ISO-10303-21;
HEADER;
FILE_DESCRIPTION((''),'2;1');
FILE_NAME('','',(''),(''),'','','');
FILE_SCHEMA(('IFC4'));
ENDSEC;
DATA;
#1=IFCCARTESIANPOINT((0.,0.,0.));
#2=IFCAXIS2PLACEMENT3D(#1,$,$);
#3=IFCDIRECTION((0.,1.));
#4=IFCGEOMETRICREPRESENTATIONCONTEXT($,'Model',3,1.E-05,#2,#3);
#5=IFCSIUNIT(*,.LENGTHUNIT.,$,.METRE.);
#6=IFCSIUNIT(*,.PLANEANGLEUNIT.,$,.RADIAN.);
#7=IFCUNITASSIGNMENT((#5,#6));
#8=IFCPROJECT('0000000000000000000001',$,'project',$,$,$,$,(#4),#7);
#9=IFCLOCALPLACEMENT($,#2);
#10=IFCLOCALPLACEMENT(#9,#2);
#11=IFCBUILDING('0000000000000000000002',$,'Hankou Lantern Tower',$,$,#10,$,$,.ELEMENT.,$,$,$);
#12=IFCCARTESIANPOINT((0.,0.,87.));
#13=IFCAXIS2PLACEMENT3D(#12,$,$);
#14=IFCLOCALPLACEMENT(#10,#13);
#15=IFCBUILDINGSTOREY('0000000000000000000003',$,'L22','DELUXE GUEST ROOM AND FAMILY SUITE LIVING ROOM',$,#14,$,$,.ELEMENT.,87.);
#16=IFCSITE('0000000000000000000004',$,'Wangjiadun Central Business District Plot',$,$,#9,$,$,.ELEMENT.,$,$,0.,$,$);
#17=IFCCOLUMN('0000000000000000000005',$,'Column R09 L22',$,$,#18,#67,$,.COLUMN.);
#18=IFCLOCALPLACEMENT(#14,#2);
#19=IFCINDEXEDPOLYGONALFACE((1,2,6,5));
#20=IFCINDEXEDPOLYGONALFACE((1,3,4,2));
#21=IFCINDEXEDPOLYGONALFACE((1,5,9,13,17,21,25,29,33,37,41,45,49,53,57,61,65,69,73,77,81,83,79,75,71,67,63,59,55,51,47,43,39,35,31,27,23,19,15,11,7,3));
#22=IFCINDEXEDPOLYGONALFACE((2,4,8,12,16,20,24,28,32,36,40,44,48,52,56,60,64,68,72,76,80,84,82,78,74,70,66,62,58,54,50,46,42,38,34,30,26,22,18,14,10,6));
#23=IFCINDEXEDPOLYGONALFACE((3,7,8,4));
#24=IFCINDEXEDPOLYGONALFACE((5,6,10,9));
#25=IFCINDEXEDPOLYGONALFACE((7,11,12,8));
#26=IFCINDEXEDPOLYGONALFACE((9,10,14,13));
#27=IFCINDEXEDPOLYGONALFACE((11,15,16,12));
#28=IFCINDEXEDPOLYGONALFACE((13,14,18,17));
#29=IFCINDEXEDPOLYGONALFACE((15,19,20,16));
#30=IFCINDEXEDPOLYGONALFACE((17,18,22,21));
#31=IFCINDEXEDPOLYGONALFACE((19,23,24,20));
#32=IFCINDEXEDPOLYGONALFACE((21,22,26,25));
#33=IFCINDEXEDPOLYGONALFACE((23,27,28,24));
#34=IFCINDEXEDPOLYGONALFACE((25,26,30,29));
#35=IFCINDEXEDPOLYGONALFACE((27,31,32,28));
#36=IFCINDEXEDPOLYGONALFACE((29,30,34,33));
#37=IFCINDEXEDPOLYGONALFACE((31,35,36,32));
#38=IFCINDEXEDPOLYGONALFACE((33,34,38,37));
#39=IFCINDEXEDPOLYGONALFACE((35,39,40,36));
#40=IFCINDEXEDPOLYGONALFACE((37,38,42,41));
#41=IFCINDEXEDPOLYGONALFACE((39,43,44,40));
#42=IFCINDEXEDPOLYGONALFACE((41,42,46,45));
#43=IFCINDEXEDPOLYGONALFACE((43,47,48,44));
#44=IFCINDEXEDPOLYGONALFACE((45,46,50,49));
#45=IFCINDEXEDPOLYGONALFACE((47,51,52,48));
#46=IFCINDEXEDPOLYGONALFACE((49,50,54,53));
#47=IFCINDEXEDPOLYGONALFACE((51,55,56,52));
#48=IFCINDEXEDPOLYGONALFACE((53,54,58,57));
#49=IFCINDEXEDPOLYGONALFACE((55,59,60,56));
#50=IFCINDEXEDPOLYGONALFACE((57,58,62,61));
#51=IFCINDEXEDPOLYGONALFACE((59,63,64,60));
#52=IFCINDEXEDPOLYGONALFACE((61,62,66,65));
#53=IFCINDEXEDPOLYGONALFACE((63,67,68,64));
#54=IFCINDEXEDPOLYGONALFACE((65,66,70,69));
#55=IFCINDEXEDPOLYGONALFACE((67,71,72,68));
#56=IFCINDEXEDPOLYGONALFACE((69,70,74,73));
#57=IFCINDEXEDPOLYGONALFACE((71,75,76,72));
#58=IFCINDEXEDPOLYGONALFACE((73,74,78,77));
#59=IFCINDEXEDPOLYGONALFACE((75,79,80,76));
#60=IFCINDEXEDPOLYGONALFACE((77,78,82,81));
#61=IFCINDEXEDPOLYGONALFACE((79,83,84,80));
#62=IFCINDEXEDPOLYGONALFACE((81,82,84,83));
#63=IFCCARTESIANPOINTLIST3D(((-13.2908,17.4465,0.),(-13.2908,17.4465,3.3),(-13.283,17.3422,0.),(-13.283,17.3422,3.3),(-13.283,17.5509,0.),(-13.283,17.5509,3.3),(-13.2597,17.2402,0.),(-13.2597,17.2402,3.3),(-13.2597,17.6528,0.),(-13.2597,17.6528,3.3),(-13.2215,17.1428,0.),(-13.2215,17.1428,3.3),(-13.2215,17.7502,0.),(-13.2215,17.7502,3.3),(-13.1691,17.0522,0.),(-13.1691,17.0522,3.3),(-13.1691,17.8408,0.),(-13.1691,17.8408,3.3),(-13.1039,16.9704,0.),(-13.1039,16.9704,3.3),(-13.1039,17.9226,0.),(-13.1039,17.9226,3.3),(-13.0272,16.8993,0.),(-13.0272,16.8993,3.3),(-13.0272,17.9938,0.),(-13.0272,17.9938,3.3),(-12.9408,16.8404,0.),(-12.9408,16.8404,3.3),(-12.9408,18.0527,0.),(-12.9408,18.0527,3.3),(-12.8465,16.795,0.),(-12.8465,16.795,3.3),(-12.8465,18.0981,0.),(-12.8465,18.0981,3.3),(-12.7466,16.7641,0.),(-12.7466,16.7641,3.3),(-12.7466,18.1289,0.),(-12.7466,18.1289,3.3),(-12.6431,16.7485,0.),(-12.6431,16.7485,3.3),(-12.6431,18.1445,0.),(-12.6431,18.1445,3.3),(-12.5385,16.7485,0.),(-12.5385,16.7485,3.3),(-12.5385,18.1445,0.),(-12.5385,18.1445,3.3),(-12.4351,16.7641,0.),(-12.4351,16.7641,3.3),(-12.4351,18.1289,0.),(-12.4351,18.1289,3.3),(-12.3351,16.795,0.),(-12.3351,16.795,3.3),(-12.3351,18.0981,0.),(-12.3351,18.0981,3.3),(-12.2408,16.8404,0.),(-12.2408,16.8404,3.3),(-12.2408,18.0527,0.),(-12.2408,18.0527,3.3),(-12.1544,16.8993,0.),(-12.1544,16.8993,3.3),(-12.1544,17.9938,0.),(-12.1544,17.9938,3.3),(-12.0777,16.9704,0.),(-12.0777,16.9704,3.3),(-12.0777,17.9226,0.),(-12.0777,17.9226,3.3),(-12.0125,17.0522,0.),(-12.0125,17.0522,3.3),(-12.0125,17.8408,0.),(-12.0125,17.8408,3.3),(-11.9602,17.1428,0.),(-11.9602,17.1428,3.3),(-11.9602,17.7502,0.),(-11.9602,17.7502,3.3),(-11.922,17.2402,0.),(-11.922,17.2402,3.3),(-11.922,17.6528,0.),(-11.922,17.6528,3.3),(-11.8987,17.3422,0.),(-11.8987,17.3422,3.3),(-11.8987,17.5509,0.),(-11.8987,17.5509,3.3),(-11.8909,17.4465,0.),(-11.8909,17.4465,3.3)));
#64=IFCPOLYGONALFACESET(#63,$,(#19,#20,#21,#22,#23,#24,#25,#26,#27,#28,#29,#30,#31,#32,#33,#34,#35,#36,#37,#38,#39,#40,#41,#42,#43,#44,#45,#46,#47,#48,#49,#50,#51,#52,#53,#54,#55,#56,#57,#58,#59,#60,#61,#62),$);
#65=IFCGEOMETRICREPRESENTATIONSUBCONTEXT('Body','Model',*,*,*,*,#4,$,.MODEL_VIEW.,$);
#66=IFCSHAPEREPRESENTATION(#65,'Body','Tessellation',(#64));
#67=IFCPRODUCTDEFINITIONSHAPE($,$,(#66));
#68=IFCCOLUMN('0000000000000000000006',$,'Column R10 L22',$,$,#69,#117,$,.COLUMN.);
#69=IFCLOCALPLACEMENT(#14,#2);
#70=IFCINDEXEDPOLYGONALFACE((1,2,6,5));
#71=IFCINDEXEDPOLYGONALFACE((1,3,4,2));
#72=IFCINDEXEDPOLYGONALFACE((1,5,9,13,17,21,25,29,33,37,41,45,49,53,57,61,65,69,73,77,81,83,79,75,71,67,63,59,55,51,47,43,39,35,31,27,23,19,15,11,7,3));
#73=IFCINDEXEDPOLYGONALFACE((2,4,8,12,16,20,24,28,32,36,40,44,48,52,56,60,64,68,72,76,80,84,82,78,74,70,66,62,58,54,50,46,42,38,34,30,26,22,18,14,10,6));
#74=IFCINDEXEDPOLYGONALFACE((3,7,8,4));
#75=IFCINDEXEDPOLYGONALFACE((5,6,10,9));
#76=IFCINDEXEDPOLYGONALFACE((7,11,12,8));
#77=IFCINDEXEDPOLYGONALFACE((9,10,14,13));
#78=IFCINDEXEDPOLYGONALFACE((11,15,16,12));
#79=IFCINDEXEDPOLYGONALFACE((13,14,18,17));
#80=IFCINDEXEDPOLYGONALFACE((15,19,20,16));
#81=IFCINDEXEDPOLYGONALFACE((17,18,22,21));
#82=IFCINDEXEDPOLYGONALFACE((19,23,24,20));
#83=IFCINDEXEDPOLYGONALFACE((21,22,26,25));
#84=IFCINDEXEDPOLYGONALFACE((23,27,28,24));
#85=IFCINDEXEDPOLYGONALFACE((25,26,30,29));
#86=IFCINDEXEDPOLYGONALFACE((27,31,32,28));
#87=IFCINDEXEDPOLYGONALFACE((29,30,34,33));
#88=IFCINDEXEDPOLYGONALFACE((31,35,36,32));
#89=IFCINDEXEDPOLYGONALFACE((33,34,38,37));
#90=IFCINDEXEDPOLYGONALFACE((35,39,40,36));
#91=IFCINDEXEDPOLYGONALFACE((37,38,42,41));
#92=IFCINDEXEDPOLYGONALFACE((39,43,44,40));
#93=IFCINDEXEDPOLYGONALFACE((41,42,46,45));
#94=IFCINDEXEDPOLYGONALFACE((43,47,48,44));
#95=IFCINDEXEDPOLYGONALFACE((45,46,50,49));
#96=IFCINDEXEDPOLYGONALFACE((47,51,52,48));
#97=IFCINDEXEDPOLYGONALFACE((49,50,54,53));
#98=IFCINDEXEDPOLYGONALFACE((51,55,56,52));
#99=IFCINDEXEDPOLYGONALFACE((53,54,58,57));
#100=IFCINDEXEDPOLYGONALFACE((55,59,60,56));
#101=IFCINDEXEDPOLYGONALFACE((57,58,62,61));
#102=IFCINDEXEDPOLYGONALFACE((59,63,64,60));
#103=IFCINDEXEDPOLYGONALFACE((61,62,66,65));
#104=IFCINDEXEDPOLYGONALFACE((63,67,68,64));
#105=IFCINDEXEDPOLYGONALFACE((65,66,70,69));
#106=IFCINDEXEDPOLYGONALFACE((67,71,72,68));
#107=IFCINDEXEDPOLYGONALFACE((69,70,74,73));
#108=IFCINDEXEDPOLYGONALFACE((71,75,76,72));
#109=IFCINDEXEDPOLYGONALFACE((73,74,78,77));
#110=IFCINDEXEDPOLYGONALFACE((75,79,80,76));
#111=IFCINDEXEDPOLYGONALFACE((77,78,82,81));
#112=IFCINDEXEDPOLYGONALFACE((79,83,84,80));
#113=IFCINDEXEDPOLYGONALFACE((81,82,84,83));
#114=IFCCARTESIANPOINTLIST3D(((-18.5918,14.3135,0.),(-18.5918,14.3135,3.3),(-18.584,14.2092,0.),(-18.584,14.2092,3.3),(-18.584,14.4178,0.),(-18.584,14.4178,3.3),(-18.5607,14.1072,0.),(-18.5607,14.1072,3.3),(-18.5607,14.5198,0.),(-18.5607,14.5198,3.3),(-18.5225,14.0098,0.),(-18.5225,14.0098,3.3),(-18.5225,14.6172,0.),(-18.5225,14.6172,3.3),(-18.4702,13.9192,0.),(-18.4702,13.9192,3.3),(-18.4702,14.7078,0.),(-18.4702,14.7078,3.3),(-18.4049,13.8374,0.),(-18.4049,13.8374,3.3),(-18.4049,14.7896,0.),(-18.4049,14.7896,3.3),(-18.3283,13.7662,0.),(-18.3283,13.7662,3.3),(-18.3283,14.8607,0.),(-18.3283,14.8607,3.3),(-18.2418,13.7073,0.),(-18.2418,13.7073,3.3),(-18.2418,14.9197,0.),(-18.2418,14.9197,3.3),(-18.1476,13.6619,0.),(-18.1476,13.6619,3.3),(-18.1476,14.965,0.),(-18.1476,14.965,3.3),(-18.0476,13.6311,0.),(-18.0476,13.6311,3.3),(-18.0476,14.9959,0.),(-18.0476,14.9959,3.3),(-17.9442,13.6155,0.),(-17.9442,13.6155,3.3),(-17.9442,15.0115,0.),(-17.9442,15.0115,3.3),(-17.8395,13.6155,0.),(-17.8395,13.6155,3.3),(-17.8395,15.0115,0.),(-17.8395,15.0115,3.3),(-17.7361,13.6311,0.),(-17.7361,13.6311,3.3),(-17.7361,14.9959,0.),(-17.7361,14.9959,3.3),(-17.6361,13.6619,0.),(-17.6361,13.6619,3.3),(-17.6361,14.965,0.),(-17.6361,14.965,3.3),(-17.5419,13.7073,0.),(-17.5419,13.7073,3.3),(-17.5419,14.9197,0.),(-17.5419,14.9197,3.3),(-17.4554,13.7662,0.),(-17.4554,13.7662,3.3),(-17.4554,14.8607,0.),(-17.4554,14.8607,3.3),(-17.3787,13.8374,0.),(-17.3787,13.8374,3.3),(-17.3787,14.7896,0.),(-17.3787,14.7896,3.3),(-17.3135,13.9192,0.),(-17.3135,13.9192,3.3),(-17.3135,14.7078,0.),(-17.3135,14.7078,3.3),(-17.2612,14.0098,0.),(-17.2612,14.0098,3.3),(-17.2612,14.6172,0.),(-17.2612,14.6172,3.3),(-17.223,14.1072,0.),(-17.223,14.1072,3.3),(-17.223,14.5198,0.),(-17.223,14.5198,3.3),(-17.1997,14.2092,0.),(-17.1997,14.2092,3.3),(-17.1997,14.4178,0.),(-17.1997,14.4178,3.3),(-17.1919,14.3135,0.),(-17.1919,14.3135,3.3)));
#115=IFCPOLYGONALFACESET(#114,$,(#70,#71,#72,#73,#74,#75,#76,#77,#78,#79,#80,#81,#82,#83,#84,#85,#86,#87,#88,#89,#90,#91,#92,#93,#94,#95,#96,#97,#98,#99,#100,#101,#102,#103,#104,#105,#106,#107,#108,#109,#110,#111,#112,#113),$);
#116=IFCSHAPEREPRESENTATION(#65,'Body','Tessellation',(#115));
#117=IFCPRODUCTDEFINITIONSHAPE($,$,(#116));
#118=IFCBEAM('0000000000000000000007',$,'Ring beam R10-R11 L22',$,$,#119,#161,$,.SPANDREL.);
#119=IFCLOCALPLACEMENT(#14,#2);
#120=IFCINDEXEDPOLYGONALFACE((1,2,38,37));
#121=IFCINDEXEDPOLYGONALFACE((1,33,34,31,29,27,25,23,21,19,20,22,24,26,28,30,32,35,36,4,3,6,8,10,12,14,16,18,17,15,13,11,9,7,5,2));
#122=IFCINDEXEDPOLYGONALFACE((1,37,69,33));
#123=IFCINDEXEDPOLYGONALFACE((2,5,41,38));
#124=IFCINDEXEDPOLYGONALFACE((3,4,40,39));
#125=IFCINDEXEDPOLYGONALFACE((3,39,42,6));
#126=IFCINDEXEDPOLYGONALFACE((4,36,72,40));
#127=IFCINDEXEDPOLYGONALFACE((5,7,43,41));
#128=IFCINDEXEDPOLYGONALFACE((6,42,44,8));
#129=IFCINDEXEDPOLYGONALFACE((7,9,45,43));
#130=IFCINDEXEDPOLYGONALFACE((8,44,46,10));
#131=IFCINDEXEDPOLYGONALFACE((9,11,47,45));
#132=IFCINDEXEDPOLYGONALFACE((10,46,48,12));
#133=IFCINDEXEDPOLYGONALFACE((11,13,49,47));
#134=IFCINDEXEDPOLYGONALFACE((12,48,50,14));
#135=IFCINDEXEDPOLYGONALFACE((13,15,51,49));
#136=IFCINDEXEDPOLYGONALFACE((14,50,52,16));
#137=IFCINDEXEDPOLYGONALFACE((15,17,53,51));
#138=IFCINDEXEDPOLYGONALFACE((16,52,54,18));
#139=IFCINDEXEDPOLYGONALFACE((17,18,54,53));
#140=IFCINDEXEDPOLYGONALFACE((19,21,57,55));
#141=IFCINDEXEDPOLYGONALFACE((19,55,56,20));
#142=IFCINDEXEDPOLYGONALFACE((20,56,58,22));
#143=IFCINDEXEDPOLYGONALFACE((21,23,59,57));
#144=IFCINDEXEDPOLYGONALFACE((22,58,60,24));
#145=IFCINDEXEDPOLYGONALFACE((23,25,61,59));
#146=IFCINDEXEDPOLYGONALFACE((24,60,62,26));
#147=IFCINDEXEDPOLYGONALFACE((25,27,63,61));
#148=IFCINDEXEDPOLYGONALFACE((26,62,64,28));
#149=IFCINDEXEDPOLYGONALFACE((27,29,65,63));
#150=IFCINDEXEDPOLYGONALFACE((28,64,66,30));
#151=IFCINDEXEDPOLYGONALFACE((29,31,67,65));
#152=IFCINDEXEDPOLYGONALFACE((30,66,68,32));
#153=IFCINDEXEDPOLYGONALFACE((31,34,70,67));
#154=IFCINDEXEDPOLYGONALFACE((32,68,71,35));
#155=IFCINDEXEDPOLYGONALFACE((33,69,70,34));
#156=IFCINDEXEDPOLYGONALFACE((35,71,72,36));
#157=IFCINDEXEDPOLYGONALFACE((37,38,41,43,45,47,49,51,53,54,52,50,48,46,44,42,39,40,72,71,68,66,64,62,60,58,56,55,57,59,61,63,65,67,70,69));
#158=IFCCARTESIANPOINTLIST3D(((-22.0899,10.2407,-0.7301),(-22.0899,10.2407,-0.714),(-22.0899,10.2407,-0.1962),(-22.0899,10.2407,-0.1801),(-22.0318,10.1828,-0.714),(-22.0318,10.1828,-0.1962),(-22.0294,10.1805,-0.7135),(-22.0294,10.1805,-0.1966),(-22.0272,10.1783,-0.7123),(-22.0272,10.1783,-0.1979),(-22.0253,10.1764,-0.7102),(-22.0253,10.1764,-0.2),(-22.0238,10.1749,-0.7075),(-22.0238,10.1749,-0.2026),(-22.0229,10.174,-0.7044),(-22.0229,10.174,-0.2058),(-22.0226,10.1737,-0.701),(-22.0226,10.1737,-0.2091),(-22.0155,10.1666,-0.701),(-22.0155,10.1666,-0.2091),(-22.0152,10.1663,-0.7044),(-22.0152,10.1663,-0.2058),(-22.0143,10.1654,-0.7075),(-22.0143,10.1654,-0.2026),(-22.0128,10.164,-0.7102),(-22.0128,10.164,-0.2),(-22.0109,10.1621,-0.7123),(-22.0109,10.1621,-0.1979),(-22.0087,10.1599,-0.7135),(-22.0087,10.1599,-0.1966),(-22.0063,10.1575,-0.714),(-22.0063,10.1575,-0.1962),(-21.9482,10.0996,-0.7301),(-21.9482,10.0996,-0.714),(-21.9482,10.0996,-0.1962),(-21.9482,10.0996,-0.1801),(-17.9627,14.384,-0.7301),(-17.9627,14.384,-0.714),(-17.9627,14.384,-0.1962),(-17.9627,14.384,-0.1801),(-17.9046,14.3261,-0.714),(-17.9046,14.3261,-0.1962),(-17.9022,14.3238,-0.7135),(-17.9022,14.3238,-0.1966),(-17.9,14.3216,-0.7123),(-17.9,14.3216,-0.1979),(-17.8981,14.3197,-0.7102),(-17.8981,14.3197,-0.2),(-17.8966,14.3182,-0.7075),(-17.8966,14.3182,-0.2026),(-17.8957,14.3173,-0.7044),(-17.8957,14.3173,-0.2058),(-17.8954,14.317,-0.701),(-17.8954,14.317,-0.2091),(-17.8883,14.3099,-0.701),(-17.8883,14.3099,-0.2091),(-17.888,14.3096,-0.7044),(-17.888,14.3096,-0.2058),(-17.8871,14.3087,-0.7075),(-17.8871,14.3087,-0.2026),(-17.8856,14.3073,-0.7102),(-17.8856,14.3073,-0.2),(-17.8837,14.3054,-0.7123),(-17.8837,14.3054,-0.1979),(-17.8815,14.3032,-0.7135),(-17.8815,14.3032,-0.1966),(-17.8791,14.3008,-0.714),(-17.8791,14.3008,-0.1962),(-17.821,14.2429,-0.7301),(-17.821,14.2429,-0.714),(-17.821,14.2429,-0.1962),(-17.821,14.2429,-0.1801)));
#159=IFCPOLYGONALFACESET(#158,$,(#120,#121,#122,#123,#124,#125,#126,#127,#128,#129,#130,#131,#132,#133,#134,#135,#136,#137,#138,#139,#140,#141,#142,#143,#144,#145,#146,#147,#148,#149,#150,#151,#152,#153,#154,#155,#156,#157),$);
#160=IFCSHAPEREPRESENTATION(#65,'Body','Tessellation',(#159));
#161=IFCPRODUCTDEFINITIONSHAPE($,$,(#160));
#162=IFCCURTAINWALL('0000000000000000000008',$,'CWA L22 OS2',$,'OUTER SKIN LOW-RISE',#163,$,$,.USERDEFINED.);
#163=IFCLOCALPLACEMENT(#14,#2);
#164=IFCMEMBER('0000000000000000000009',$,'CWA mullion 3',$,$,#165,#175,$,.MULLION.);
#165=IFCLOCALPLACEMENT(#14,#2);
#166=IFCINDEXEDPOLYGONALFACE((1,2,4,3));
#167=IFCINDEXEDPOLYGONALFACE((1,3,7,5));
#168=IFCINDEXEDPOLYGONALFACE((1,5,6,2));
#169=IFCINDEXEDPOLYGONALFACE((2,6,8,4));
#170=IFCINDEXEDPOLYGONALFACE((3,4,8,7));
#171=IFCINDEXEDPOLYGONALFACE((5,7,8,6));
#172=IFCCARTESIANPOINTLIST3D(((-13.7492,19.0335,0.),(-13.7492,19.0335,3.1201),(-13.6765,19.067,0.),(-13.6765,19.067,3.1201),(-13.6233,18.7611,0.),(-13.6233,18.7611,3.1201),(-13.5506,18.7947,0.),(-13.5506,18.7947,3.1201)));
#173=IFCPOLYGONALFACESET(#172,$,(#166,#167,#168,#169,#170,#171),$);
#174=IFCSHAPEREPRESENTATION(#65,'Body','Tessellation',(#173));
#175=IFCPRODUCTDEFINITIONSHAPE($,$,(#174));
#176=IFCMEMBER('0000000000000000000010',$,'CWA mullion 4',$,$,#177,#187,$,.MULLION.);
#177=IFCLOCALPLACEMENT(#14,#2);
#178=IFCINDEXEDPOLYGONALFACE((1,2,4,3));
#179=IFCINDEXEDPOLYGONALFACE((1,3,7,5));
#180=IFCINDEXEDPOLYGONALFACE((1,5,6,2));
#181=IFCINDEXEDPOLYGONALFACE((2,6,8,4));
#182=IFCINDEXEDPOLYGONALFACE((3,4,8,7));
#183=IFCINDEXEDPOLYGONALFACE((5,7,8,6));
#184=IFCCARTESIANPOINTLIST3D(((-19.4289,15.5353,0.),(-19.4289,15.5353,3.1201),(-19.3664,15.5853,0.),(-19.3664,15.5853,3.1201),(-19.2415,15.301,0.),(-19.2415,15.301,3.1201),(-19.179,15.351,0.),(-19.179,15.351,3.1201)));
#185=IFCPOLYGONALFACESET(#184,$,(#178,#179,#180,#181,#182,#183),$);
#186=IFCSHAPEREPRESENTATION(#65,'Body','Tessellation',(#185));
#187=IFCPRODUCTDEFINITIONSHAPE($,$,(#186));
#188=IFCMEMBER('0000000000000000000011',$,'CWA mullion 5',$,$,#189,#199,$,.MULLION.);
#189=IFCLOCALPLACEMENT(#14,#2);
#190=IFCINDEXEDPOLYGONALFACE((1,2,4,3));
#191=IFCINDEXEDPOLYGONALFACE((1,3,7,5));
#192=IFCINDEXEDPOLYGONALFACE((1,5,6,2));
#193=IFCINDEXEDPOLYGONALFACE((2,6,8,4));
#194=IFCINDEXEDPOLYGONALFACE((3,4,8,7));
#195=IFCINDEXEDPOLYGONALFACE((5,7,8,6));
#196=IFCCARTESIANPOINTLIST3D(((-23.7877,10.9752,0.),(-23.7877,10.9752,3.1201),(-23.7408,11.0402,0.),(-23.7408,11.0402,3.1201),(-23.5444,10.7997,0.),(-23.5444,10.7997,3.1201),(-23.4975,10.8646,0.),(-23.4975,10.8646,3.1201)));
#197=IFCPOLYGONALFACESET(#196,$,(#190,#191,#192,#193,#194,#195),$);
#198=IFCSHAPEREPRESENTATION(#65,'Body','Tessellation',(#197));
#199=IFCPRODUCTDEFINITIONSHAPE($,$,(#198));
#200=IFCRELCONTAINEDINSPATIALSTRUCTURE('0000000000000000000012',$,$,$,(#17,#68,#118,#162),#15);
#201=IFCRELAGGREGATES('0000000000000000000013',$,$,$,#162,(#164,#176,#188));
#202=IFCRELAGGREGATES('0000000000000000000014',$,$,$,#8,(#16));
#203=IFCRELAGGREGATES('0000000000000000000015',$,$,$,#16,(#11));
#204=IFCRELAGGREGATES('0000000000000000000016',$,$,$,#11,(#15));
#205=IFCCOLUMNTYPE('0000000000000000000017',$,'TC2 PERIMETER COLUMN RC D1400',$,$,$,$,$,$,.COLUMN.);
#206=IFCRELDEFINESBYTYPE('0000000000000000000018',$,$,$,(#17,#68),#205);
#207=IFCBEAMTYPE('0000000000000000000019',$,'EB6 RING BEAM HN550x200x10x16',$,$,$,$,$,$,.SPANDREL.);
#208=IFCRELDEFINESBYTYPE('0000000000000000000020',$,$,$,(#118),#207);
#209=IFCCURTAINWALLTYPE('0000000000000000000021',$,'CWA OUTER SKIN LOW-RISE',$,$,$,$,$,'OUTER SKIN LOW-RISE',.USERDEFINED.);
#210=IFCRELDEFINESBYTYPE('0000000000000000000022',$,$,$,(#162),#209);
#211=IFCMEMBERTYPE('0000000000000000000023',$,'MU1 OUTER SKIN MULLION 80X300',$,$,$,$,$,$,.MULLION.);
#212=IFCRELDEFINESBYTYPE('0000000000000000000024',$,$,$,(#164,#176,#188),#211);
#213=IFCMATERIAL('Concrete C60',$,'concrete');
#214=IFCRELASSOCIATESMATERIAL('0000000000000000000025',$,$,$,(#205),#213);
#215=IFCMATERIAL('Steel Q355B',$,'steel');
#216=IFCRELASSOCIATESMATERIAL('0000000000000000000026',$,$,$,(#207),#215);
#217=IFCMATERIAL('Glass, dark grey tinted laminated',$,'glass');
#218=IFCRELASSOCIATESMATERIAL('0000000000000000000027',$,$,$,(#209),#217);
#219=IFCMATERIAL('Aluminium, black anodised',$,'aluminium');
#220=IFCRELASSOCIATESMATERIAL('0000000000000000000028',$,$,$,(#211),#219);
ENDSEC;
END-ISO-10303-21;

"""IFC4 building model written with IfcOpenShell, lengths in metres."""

from ifc_helpers import new_model, si_unit, direction, frame, origin, origin_2d, place, context, subcontext, project, spatial, rectangle, circle, i_section, extrude, material, material_profile, profile_set, type_object, element, aggregate, save


model = new_model("IFC4")

# Units and contexts
model_context = context("Model", 3, precision=1e-05, world=origin(), true_north=direction((0.0, 1.0)))
body_context = subcontext(model_context, "Body", "Model", "MODEL_VIEW")
ifc_project = project(units=[si_unit("LENGTHUNIT", "METRE"), si_unit("PLANEANGLEUNIT", "RADIAN")], contexts=[model_context])

# Site, building, storey
site_placement = place(None, origin())
site = spatial("IfcSite", under=ifc_project, at=site_placement, Name="Wangjiadun Central Business District Plot", CompositionType="ELEMENT", RefElevation=0.0)
building_placement = place(site_placement, origin())
building = spatial("IfcBuilding", under=site, at=building_placement, Name="Hankou Lantern Tower", CompositionType="ELEMENT")
storey_placement = place(building_placement, frame((0.0, 0.0, 87.0)))
storey = spatial("IfcBuildingStorey", under=building, at=storey_placement, Name="L22", Description="DELUXE GUEST ROOM AND FAMILY SUITE LIVING ROOM", CompositionType="ELEMENT", Elevation=87.0)

# Columns
ifc_material_1 = material(Name="Concrete C60", Category="concrete")
ifc_material_profile_1 = material_profile(ifc_material_1, circle(Radius=0.7, at=origin_2d()), Name="RC D1400")
ifc_profile_set_1 = profile_set([ifc_material_profile_1], Name="Concrete C60")
column_type = type_object("IfcColumnType", Name="TC2 PERIMETER COLUMN RC D1400", PredefinedType="COLUMN", material=ifc_profile_set_1)
for number, where, z_axis, x_axis, name in (
    (1, (-12.5908, 17.4465, 0.0), (0.0, 0.0, 1.0), (1.0, 0.0, 0.0), "Column R09 L22"),
    (2, (-17.8918, 14.3135, 0.0), (0.0, 0.0, 1.0), (1.0, 0.0, 0.0), "Column R10 L22"),
):
    element("IfcColumn", number, at=place(storey_placement, frame(where, z_axis=z_axis, x_axis=x_axis)), inside=storey, type_object=column_type, Name=name, PredefinedType="COLUMN", context=body_context, shape_type="SweptSolid", body=[
        extrude(circle(Radius=0.7, at=origin_2d()), origin(), (0.0, 0.0, 1.0), 3.3),
    ])

# Beam
ifc_material_2 = material(Name="Steel Q355B", Category="steel")
ifc_material_profile_2 = material_profile(ifc_material_2, i_section(OverallWidth=0.2, OverallDepth=0.55, WebThickness=0.01, FlangeThickness=0.0161, FilletRadius=0.0129, at=origin_2d()), Name="HN550x200x10x16")
ifc_profile_set_2 = profile_set([ifc_material_profile_2], Name="Steel Q355B")
beam_type_1 = type_object("IfcBeamType", Name="EB6 RING BEAM HN550x200x10x16", PredefinedType="SPANDREL", material=ifc_profile_set_2)
beam_1_placement = place(storey_placement, frame((-17.8918, 14.3135, -0.4551), z_axis=(-0.705728, -0.708483, 0.0), x_axis=(0.708483, -0.705728, 0.0)))
element("IfcBeam", 3, at=beam_1_placement, inside=storey, type_object=beam_type_1, Name="Ring beam R10-R11 L22", PredefinedType="SPANDREL", context=body_context, shape_type="SweptSolid", body=[
    extrude(i_section(OverallWidth=0.2, OverallDepth=0.55, WebThickness=0.01, FlangeThickness=0.0161, FilletRadius=0.0129, at=origin_2d()), origin(), (0.0, 0.0, 1.0), 5.8481),
])

# Curtain wall, members
ifc_material_3 = material(Name="Glass, dark grey tinted laminated", Category="glass")
curtain_wall_type = type_object("IfcCurtainWallType", Name="CWA OUTER SKIN LOW-RISE", ElementType="OUTER SKIN LOW-RISE", PredefinedType="USERDEFINED", material=ifc_material_3)
curtain_wall_placement = place(storey_placement, origin())
curtain_wall = element("IfcCurtainWall", 4, at=curtain_wall_placement, inside=storey, type_object=curtain_wall_type, Name="CWA L22 OS2", ObjectType="OUTER SKIN LOW-RISE", PredefinedType="USERDEFINED")
ifc_material_4 = material(Name="Aluminium, black anodised", Category="aluminium")
ifc_material_profile_3 = material_profile(ifc_material_4, rectangle(XDim=0.0801, YDim=0.3, at=origin_2d()), Name="MU1 80X300")
ifc_profile_set_3 = profile_set([ifc_material_profile_3], Name="Aluminium, black anodised")
member_type_1 = type_object("IfcMemberType", Name="MU1 OUTER SKIN MULLION 80X300", PredefinedType="MULLION", material=ifc_profile_set_3)
member_1_placement = place(storey_placement, frame((-13.6499, 18.9141, 0.0), z_axis=(0.0, 0.0, 1.0), x_axis=(-0.907841, -0.419314, 0.0)))
member_1 = element("IfcMember", 5, at=member_1_placement, type_object=member_type_1, Name="CWA mullion 3", PredefinedType="MULLION", context=body_context, shape_type="SweptSolid", body=[
    extrude(rectangle(XDim=0.0801, YDim=0.3, at=origin_2d()), origin(), (0.0, 0.0, 1.0), 3.1201),
])
member_2_placement = place(storey_placement, frame((-19.304, 15.4431, 0.0), z_axis=(0.0, 0.0, 1.0), x_axis=(-0.780869, -0.624695, 0.0)))
member_2 = element("IfcMember", 6, at=member_2_placement, type_object=member_type_1, Name="CWA mullion 4", PredefinedType="MULLION", context=body_context, shape_type="SweptSolid", body=[
    extrude(rectangle(XDim=0.0801, YDim=0.3, at=origin_2d()), origin(), (0.0, 0.0, 1.0), 3.1201),
])
member_3_placement = place(storey_placement, frame((-23.6426, 10.9199, 0.0), z_axis=(0.0, 0.0, 1.0), x_axis=(-0.585206, -0.810885, 0.0)))
member_3 = element("IfcMember", 7, at=member_3_placement, type_object=member_type_1, Name="CWA mullion 5", PredefinedType="MULLION", context=body_context, shape_type="SweptSolid", body=[
    extrude(rectangle(XDim=0.0801, YDim=0.3, at=origin_2d()), origin(), (0.0, 0.0, 1.0), 3.1201),
])

aggregate(curtain_wall, [member_1, member_2, member_3])

save(model, "model.ifc")
